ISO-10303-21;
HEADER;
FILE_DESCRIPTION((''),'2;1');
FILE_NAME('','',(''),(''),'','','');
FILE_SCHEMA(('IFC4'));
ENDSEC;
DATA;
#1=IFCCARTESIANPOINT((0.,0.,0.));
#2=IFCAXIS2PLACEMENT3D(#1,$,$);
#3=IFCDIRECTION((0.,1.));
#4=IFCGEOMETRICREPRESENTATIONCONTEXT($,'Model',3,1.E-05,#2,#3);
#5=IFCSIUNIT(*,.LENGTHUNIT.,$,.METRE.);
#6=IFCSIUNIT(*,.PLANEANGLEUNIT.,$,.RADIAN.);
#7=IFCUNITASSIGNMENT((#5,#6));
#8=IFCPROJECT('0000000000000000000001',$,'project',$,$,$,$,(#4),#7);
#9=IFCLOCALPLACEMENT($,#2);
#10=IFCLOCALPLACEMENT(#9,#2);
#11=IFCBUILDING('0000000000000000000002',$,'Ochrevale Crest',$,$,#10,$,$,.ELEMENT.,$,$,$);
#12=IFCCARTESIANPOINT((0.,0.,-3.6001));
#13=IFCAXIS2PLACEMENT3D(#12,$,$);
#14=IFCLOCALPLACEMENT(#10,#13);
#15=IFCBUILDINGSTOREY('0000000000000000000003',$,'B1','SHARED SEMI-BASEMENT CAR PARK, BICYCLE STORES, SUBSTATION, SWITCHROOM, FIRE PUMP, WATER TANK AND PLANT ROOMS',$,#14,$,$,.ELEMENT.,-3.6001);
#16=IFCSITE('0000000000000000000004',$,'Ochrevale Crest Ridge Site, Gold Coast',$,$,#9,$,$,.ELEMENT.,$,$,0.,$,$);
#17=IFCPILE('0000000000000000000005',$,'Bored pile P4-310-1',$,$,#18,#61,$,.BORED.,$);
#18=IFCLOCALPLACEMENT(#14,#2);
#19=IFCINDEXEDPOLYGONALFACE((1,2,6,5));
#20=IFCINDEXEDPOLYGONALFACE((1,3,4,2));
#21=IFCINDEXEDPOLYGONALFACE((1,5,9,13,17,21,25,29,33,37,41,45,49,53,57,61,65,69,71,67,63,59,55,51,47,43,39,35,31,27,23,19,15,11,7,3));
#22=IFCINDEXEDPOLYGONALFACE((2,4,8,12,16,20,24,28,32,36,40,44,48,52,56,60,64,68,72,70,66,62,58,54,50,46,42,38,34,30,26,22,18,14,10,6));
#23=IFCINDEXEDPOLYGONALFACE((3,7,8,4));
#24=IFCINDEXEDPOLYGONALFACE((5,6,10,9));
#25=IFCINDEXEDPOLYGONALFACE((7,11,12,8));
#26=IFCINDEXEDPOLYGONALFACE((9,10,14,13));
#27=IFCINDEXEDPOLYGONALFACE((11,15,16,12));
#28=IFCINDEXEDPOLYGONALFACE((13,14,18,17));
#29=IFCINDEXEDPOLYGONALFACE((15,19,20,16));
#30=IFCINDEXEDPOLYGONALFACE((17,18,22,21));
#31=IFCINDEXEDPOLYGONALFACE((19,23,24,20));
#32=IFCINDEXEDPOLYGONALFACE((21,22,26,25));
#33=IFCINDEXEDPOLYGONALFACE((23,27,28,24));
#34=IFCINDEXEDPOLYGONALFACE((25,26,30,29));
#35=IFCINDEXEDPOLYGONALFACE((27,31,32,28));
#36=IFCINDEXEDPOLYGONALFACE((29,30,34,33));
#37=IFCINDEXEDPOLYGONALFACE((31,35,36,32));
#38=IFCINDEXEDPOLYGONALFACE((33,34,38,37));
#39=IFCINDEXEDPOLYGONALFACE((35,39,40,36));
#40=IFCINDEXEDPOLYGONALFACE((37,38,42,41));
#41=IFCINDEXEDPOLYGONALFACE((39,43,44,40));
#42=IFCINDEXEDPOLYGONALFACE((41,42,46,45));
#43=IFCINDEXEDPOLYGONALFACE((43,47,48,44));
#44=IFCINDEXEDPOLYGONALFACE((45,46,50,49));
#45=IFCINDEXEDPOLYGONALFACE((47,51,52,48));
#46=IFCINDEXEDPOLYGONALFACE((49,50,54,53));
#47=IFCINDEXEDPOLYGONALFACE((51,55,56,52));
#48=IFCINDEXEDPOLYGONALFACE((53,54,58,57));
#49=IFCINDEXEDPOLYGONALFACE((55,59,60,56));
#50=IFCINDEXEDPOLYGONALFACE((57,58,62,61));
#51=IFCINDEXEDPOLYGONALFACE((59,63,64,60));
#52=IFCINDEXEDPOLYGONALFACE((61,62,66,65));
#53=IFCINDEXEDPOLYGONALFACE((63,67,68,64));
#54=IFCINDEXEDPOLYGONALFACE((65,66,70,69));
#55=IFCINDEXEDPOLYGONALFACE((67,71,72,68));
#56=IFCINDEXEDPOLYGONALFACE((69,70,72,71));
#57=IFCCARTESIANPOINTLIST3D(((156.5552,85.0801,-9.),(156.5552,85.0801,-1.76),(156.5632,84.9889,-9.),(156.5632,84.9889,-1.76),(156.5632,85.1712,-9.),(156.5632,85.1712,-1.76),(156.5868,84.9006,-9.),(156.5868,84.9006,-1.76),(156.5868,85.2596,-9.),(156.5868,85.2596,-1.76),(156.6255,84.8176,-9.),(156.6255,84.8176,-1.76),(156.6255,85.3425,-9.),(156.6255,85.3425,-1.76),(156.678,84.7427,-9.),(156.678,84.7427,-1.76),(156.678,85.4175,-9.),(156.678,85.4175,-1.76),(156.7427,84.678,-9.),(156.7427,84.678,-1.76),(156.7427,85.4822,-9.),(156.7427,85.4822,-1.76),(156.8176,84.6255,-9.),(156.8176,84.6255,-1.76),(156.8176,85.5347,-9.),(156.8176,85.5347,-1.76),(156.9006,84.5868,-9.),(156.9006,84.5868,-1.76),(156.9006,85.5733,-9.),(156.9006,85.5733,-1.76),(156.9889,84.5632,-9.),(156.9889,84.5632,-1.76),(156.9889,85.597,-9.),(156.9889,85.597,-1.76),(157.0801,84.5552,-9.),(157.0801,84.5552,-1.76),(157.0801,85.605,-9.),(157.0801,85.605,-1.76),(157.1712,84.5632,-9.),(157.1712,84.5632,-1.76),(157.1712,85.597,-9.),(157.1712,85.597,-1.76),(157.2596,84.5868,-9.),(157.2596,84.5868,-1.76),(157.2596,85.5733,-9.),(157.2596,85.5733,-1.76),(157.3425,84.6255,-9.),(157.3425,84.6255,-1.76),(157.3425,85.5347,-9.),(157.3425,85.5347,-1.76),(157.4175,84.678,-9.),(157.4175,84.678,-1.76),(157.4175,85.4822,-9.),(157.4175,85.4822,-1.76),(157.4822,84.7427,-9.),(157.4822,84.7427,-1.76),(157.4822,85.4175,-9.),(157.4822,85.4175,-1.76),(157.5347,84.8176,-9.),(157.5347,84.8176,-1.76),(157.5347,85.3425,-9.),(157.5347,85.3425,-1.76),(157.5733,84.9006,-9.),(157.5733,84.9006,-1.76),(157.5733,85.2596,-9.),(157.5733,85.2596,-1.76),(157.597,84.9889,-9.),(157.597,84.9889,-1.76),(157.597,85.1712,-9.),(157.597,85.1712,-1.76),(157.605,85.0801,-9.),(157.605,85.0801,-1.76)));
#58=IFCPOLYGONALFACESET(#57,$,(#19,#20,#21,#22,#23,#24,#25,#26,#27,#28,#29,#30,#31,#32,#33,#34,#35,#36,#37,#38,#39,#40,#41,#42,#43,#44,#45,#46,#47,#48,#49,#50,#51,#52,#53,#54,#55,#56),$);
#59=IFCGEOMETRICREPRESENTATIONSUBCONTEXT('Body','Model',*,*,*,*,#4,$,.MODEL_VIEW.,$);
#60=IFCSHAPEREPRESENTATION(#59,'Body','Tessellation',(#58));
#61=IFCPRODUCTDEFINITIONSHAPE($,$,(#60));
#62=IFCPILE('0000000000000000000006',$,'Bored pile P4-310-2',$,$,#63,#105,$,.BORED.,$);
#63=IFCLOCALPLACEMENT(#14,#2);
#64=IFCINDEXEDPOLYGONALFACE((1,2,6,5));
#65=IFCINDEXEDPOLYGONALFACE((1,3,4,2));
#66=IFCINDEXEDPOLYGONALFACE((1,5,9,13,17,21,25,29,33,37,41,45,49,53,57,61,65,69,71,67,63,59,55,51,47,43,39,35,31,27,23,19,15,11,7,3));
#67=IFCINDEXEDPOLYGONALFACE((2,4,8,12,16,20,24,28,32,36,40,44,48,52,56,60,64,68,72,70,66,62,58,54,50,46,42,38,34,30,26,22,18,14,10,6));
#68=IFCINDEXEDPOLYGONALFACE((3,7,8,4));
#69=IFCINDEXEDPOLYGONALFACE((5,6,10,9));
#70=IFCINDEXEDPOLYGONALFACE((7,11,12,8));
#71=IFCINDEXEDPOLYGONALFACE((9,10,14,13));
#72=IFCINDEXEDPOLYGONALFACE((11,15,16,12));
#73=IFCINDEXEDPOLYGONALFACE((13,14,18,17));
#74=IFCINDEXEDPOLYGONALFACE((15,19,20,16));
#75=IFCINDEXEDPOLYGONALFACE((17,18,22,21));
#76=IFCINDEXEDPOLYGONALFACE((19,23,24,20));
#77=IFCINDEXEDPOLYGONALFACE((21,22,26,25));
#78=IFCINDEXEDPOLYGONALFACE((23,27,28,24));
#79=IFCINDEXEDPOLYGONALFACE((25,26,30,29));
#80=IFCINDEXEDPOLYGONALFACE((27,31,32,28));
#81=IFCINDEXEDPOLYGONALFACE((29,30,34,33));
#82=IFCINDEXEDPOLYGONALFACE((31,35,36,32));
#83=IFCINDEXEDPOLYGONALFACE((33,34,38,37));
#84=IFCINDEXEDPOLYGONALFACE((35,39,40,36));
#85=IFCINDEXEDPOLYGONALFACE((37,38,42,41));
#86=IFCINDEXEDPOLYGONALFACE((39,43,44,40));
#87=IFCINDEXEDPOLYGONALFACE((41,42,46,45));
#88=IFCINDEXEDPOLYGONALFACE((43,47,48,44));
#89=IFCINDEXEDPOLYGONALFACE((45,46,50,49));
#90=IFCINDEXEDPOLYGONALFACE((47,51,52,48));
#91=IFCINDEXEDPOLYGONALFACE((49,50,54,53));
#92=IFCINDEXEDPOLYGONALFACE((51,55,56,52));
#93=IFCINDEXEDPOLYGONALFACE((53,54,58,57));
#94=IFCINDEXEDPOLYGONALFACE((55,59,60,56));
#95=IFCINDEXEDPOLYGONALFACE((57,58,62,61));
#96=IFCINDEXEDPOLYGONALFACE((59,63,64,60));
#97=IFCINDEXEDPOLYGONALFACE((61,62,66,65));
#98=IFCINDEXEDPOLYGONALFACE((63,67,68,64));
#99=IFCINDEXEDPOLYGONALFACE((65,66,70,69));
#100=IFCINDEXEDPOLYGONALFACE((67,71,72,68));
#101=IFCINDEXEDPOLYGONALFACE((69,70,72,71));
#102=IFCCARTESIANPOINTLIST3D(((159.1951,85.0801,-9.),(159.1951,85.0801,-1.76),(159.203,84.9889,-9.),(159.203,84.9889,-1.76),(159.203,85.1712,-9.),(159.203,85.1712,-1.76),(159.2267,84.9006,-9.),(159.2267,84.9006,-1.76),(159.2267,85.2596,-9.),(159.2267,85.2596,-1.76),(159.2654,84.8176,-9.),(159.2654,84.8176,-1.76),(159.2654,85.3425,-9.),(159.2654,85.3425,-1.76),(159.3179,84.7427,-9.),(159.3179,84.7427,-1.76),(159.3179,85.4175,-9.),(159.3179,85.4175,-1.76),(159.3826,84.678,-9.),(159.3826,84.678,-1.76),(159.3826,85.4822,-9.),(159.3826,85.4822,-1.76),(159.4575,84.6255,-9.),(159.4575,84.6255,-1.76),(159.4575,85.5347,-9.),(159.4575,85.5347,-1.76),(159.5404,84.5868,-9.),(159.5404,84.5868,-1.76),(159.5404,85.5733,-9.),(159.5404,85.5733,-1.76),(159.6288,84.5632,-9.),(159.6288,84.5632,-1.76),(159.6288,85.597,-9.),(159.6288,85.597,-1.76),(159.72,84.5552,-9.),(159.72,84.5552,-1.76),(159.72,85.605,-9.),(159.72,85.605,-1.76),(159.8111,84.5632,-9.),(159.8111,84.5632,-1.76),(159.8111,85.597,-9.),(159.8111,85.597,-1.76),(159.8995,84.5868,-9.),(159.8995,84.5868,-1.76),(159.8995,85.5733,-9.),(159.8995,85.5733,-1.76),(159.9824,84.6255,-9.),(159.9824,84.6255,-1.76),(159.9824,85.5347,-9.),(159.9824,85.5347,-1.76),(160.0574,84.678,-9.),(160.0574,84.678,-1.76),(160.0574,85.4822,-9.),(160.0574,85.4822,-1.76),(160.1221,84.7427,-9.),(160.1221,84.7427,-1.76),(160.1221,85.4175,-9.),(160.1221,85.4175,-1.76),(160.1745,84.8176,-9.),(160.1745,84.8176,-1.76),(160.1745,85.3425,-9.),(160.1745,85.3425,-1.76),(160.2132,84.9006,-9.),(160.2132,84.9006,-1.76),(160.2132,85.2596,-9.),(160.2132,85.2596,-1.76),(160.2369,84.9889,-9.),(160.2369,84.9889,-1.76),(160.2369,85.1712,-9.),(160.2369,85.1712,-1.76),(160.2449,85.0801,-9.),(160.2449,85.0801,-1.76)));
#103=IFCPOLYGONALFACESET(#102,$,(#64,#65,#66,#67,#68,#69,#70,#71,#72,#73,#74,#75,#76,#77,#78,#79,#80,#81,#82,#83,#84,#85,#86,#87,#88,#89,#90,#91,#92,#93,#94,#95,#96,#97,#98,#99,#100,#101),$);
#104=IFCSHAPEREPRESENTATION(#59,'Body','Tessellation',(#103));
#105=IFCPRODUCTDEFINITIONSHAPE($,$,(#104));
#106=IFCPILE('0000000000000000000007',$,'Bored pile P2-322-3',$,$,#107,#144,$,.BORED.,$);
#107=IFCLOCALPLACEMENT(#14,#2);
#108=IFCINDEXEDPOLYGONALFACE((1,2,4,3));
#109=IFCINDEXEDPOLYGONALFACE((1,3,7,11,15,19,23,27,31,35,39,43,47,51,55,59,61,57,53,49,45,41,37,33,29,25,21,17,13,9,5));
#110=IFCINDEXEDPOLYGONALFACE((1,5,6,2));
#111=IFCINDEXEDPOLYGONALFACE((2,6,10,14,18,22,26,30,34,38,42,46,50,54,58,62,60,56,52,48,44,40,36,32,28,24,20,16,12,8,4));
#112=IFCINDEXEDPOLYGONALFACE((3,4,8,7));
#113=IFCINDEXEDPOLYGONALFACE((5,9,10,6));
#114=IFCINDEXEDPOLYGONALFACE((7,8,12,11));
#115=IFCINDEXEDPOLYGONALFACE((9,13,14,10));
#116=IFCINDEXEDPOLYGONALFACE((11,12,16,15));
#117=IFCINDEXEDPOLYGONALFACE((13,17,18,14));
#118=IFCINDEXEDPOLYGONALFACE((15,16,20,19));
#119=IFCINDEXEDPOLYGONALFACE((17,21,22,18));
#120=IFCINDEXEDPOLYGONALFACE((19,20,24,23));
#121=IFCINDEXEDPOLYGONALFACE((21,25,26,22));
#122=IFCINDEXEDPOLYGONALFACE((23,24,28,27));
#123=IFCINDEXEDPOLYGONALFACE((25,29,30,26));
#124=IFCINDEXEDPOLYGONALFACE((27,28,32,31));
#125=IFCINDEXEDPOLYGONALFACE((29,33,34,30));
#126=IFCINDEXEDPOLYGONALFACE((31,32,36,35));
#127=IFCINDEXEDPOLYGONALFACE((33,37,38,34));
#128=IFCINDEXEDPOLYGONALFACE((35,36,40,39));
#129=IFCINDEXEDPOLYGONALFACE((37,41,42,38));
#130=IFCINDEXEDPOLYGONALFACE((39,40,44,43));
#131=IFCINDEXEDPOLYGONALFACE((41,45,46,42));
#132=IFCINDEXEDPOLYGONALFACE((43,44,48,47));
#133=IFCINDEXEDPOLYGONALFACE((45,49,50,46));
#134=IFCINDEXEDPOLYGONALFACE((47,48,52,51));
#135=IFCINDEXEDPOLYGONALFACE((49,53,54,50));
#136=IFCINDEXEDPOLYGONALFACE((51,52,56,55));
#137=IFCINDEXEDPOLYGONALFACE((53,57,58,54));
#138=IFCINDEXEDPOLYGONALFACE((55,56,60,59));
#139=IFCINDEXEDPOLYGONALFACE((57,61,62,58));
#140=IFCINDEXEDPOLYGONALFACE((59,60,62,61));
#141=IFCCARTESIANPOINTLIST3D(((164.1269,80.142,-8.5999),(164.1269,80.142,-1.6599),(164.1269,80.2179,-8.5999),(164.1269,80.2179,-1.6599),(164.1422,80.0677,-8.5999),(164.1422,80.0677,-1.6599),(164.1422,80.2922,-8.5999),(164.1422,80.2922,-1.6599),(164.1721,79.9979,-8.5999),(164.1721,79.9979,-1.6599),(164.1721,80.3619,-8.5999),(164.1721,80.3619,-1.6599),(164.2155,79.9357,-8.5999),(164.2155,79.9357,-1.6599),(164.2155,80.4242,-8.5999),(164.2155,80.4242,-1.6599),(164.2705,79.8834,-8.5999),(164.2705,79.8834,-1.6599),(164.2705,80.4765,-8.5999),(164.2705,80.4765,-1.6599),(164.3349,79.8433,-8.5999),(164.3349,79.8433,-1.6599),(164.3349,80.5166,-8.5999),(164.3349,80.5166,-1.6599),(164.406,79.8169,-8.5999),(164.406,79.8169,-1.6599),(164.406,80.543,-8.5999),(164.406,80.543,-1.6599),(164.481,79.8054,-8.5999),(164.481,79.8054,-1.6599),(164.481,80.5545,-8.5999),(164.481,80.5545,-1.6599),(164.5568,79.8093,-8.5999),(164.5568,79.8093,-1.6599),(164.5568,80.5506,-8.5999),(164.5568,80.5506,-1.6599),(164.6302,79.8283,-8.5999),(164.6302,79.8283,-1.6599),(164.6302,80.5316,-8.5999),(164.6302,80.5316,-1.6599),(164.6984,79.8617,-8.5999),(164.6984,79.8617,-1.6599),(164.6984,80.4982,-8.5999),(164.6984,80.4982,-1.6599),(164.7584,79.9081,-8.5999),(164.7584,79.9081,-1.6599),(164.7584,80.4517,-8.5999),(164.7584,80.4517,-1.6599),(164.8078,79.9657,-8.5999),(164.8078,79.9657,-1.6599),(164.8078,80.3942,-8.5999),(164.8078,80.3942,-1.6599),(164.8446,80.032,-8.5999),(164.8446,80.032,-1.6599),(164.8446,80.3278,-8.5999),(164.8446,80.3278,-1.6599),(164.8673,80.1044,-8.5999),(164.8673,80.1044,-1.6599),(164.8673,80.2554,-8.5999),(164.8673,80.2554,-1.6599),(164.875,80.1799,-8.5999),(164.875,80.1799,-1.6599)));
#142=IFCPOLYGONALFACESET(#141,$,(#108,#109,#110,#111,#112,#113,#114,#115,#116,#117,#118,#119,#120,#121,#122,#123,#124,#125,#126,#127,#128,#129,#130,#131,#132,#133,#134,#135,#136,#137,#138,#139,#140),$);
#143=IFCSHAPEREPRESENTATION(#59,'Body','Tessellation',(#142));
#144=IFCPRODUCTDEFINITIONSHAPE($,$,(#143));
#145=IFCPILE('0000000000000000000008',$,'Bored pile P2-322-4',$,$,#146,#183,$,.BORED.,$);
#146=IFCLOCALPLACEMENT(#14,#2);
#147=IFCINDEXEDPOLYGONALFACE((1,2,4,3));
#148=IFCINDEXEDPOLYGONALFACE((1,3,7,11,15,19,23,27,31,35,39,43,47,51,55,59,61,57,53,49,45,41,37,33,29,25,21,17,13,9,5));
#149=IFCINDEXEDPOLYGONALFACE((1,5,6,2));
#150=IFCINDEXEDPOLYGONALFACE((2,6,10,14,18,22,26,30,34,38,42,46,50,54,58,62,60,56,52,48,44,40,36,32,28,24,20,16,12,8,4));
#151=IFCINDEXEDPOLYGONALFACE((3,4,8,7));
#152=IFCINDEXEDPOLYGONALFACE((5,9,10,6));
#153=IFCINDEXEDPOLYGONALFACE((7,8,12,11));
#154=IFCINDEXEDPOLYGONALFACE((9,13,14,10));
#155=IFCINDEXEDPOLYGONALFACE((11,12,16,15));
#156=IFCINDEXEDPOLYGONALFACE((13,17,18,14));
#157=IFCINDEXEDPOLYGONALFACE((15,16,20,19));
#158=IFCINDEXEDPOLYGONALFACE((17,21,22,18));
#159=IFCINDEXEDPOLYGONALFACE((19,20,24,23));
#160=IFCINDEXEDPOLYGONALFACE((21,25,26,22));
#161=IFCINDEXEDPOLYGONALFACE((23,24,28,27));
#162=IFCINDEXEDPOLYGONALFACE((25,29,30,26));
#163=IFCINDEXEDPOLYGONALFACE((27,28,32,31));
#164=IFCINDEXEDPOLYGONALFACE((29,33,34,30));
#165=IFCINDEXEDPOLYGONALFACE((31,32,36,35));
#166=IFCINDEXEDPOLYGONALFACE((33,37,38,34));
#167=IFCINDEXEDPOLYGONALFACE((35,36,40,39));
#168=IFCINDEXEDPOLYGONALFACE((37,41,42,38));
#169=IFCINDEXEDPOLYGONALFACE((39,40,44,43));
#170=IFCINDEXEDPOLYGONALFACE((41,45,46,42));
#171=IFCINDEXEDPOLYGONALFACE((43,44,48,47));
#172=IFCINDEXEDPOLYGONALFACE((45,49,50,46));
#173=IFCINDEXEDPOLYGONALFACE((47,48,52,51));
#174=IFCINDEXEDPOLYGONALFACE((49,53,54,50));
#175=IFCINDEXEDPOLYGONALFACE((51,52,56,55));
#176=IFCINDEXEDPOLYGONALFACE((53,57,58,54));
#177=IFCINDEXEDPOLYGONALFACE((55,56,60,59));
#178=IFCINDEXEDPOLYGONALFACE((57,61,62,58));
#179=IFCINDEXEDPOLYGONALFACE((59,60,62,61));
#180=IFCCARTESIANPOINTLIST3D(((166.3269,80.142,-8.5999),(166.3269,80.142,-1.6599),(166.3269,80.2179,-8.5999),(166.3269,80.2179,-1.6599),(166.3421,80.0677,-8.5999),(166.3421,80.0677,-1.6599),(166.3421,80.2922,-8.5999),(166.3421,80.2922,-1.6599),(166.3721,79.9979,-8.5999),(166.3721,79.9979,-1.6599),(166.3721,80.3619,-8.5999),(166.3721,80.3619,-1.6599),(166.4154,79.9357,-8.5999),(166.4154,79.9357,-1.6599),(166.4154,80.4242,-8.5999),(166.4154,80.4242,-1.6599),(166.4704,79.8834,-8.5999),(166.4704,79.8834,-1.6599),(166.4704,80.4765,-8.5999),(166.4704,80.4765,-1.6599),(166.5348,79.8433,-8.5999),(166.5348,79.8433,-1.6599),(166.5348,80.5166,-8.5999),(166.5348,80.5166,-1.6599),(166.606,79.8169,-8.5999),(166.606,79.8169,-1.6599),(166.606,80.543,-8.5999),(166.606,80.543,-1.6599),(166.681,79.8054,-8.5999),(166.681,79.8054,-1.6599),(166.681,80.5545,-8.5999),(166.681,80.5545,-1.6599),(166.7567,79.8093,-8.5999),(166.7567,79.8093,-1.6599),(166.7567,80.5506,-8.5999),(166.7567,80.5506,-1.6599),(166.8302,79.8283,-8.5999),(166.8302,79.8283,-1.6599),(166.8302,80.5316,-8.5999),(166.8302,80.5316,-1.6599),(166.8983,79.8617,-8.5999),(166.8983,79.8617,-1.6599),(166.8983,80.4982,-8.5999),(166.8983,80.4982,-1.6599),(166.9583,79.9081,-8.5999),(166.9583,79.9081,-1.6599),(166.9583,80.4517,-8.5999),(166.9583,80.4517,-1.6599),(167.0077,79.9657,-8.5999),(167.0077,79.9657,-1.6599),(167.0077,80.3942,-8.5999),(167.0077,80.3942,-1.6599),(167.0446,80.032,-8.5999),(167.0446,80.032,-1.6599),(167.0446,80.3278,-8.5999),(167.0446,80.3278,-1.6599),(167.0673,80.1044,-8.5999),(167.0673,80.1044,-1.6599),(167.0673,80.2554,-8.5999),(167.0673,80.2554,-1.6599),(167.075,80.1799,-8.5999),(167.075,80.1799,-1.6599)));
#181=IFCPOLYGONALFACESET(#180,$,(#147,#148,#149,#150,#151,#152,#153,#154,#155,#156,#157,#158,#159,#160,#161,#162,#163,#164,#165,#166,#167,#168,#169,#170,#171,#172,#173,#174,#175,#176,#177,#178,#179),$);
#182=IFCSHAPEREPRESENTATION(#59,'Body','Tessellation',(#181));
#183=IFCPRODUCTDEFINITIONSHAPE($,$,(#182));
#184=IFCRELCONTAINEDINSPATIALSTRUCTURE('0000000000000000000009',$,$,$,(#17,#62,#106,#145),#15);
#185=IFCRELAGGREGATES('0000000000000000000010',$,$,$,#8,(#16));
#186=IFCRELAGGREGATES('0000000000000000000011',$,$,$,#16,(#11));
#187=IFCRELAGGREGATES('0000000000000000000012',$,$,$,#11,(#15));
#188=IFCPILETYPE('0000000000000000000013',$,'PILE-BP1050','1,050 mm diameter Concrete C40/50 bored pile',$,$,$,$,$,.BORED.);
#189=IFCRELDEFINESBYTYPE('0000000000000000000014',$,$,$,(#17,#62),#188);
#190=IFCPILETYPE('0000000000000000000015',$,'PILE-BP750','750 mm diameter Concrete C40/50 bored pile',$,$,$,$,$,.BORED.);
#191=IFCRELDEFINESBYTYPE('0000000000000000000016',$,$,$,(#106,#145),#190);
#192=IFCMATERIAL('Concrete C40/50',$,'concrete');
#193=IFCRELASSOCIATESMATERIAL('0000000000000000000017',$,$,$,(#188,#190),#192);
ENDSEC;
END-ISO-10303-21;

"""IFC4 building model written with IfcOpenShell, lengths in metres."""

from ifc_helpers import new_model, si_unit, direction, frame, origin, origin_2d, place, context, subcontext, project, spatial, circle, extrude, material, material_profile, profile_set, type_object, element, save


model = new_model("IFC4")

# Units and contexts
model_context = context("Model", 3, precision=1e-05, world=origin(), true_north=direction((0.0, 1.0)))
body_context = subcontext(model_context, "Body", "Model", "MODEL_VIEW")
ifc_project = project(units=[si_unit("LENGTHUNIT", "METRE"), si_unit("PLANEANGLEUNIT", "RADIAN")], contexts=[model_context])

# Site, building, storey
site_placement = place(None, origin())
site = spatial("IfcSite", under=ifc_project, at=site_placement, Name="Ochrevale Crest Ridge Site, Gold Coast", CompositionType="ELEMENT", RefElevation=0.0)
building_placement = place(site_placement, origin())
building = spatial("IfcBuilding", under=site, at=building_placement, Name="Ochrevale Crest", CompositionType="ELEMENT")
storey_placement = place(building_placement, frame((0.0, 0.0, -3.6001)))
storey = spatial("IfcBuildingStorey", under=building, at=storey_placement, Name="B1", Description="SHARED SEMI-BASEMENT CAR PARK, BICYCLE STORES, SUBSTATION, SWITCHROOM, FIRE PUMP, WATER TANK AND PLANT ROOMS", CompositionType="ELEMENT", Elevation=-3.6001)

# Shared definitions
ifc_material_1 = material(Name="Concrete C40/50", Category="concrete")

# Piles
ifc_material_profile_1 = material_profile(ifc_material_1, circle(Radius=0.5249, at=origin_2d()), Name="BORED PILE 1050")
ifc_profile_set_1 = profile_set([ifc_material_profile_1], Name="Concrete C40/50")
pile_type_1 = type_object("IfcPileType", Name="PILE-BP1050", Description="1,050 mm diameter Concrete C40/50 bored pile", PredefinedType="BORED", material=ifc_profile_set_1)
for number, where, z_axis, x_axis, name in (
    (1, (157.0801, 85.0801, -1.76), (0.0, 0.0, -1.0), (1.0, 0.0, 0.0), "Bored pile P4-310-1"),
    (2, (159.72, 85.0801, -1.76), (0.0, 0.0, -1.0), (1.0, 0.0, 0.0), "Bored pile P4-310-2"),
):
    element("IfcPile", number, at=place(storey_placement, frame(where, z_axis=z_axis, x_axis=x_axis)), inside=storey, type_object=pile_type_1, Name=name, PredefinedType="BORED", context=body_context, shape_type="SweptSolid", body=[
        extrude(circle(Radius=0.5249, at=origin_2d()), origin(), (0.0, 0.0, 1.0), 7.24),
    ])
ifc_material_profile_2 = material_profile(ifc_material_1, circle(Radius=0.375, at=origin_2d()), Name="BORED PILE 750")
ifc_profile_set_2 = profile_set([ifc_material_profile_2], Name="Concrete C40/50")
pile_type_2 = type_object("IfcPileType", Name="PILE-BP750", Description="750 mm diameter Concrete C40/50 bored pile", PredefinedType="BORED", material=ifc_profile_set_2)
for number, where, z_axis, x_axis, name in (
    (3, (164.5, 80.1799, -1.6599), (0.0, 0.0, -1.0), (1.0, 0.0, 0.0), "Bored pile P2-322-3"),
    (4, (166.7, 80.1799, -1.6599), (0.0, 0.0, -1.0), (1.0, 0.0, 0.0), "Bored pile P2-322-4"),
):
    element("IfcPile", number, at=place(storey_placement, frame(where, z_axis=z_axis, x_axis=x_axis)), inside=storey, type_object=pile_type_2, Name=name, PredefinedType="BORED", context=body_context, shape_type="SweptSolid", body=[
        extrude(circle(Radius=0.375, at=origin_2d()), origin(), (0.0, 0.0, 1.0), 6.9399),
    ])

save(model, "model.ifc")
